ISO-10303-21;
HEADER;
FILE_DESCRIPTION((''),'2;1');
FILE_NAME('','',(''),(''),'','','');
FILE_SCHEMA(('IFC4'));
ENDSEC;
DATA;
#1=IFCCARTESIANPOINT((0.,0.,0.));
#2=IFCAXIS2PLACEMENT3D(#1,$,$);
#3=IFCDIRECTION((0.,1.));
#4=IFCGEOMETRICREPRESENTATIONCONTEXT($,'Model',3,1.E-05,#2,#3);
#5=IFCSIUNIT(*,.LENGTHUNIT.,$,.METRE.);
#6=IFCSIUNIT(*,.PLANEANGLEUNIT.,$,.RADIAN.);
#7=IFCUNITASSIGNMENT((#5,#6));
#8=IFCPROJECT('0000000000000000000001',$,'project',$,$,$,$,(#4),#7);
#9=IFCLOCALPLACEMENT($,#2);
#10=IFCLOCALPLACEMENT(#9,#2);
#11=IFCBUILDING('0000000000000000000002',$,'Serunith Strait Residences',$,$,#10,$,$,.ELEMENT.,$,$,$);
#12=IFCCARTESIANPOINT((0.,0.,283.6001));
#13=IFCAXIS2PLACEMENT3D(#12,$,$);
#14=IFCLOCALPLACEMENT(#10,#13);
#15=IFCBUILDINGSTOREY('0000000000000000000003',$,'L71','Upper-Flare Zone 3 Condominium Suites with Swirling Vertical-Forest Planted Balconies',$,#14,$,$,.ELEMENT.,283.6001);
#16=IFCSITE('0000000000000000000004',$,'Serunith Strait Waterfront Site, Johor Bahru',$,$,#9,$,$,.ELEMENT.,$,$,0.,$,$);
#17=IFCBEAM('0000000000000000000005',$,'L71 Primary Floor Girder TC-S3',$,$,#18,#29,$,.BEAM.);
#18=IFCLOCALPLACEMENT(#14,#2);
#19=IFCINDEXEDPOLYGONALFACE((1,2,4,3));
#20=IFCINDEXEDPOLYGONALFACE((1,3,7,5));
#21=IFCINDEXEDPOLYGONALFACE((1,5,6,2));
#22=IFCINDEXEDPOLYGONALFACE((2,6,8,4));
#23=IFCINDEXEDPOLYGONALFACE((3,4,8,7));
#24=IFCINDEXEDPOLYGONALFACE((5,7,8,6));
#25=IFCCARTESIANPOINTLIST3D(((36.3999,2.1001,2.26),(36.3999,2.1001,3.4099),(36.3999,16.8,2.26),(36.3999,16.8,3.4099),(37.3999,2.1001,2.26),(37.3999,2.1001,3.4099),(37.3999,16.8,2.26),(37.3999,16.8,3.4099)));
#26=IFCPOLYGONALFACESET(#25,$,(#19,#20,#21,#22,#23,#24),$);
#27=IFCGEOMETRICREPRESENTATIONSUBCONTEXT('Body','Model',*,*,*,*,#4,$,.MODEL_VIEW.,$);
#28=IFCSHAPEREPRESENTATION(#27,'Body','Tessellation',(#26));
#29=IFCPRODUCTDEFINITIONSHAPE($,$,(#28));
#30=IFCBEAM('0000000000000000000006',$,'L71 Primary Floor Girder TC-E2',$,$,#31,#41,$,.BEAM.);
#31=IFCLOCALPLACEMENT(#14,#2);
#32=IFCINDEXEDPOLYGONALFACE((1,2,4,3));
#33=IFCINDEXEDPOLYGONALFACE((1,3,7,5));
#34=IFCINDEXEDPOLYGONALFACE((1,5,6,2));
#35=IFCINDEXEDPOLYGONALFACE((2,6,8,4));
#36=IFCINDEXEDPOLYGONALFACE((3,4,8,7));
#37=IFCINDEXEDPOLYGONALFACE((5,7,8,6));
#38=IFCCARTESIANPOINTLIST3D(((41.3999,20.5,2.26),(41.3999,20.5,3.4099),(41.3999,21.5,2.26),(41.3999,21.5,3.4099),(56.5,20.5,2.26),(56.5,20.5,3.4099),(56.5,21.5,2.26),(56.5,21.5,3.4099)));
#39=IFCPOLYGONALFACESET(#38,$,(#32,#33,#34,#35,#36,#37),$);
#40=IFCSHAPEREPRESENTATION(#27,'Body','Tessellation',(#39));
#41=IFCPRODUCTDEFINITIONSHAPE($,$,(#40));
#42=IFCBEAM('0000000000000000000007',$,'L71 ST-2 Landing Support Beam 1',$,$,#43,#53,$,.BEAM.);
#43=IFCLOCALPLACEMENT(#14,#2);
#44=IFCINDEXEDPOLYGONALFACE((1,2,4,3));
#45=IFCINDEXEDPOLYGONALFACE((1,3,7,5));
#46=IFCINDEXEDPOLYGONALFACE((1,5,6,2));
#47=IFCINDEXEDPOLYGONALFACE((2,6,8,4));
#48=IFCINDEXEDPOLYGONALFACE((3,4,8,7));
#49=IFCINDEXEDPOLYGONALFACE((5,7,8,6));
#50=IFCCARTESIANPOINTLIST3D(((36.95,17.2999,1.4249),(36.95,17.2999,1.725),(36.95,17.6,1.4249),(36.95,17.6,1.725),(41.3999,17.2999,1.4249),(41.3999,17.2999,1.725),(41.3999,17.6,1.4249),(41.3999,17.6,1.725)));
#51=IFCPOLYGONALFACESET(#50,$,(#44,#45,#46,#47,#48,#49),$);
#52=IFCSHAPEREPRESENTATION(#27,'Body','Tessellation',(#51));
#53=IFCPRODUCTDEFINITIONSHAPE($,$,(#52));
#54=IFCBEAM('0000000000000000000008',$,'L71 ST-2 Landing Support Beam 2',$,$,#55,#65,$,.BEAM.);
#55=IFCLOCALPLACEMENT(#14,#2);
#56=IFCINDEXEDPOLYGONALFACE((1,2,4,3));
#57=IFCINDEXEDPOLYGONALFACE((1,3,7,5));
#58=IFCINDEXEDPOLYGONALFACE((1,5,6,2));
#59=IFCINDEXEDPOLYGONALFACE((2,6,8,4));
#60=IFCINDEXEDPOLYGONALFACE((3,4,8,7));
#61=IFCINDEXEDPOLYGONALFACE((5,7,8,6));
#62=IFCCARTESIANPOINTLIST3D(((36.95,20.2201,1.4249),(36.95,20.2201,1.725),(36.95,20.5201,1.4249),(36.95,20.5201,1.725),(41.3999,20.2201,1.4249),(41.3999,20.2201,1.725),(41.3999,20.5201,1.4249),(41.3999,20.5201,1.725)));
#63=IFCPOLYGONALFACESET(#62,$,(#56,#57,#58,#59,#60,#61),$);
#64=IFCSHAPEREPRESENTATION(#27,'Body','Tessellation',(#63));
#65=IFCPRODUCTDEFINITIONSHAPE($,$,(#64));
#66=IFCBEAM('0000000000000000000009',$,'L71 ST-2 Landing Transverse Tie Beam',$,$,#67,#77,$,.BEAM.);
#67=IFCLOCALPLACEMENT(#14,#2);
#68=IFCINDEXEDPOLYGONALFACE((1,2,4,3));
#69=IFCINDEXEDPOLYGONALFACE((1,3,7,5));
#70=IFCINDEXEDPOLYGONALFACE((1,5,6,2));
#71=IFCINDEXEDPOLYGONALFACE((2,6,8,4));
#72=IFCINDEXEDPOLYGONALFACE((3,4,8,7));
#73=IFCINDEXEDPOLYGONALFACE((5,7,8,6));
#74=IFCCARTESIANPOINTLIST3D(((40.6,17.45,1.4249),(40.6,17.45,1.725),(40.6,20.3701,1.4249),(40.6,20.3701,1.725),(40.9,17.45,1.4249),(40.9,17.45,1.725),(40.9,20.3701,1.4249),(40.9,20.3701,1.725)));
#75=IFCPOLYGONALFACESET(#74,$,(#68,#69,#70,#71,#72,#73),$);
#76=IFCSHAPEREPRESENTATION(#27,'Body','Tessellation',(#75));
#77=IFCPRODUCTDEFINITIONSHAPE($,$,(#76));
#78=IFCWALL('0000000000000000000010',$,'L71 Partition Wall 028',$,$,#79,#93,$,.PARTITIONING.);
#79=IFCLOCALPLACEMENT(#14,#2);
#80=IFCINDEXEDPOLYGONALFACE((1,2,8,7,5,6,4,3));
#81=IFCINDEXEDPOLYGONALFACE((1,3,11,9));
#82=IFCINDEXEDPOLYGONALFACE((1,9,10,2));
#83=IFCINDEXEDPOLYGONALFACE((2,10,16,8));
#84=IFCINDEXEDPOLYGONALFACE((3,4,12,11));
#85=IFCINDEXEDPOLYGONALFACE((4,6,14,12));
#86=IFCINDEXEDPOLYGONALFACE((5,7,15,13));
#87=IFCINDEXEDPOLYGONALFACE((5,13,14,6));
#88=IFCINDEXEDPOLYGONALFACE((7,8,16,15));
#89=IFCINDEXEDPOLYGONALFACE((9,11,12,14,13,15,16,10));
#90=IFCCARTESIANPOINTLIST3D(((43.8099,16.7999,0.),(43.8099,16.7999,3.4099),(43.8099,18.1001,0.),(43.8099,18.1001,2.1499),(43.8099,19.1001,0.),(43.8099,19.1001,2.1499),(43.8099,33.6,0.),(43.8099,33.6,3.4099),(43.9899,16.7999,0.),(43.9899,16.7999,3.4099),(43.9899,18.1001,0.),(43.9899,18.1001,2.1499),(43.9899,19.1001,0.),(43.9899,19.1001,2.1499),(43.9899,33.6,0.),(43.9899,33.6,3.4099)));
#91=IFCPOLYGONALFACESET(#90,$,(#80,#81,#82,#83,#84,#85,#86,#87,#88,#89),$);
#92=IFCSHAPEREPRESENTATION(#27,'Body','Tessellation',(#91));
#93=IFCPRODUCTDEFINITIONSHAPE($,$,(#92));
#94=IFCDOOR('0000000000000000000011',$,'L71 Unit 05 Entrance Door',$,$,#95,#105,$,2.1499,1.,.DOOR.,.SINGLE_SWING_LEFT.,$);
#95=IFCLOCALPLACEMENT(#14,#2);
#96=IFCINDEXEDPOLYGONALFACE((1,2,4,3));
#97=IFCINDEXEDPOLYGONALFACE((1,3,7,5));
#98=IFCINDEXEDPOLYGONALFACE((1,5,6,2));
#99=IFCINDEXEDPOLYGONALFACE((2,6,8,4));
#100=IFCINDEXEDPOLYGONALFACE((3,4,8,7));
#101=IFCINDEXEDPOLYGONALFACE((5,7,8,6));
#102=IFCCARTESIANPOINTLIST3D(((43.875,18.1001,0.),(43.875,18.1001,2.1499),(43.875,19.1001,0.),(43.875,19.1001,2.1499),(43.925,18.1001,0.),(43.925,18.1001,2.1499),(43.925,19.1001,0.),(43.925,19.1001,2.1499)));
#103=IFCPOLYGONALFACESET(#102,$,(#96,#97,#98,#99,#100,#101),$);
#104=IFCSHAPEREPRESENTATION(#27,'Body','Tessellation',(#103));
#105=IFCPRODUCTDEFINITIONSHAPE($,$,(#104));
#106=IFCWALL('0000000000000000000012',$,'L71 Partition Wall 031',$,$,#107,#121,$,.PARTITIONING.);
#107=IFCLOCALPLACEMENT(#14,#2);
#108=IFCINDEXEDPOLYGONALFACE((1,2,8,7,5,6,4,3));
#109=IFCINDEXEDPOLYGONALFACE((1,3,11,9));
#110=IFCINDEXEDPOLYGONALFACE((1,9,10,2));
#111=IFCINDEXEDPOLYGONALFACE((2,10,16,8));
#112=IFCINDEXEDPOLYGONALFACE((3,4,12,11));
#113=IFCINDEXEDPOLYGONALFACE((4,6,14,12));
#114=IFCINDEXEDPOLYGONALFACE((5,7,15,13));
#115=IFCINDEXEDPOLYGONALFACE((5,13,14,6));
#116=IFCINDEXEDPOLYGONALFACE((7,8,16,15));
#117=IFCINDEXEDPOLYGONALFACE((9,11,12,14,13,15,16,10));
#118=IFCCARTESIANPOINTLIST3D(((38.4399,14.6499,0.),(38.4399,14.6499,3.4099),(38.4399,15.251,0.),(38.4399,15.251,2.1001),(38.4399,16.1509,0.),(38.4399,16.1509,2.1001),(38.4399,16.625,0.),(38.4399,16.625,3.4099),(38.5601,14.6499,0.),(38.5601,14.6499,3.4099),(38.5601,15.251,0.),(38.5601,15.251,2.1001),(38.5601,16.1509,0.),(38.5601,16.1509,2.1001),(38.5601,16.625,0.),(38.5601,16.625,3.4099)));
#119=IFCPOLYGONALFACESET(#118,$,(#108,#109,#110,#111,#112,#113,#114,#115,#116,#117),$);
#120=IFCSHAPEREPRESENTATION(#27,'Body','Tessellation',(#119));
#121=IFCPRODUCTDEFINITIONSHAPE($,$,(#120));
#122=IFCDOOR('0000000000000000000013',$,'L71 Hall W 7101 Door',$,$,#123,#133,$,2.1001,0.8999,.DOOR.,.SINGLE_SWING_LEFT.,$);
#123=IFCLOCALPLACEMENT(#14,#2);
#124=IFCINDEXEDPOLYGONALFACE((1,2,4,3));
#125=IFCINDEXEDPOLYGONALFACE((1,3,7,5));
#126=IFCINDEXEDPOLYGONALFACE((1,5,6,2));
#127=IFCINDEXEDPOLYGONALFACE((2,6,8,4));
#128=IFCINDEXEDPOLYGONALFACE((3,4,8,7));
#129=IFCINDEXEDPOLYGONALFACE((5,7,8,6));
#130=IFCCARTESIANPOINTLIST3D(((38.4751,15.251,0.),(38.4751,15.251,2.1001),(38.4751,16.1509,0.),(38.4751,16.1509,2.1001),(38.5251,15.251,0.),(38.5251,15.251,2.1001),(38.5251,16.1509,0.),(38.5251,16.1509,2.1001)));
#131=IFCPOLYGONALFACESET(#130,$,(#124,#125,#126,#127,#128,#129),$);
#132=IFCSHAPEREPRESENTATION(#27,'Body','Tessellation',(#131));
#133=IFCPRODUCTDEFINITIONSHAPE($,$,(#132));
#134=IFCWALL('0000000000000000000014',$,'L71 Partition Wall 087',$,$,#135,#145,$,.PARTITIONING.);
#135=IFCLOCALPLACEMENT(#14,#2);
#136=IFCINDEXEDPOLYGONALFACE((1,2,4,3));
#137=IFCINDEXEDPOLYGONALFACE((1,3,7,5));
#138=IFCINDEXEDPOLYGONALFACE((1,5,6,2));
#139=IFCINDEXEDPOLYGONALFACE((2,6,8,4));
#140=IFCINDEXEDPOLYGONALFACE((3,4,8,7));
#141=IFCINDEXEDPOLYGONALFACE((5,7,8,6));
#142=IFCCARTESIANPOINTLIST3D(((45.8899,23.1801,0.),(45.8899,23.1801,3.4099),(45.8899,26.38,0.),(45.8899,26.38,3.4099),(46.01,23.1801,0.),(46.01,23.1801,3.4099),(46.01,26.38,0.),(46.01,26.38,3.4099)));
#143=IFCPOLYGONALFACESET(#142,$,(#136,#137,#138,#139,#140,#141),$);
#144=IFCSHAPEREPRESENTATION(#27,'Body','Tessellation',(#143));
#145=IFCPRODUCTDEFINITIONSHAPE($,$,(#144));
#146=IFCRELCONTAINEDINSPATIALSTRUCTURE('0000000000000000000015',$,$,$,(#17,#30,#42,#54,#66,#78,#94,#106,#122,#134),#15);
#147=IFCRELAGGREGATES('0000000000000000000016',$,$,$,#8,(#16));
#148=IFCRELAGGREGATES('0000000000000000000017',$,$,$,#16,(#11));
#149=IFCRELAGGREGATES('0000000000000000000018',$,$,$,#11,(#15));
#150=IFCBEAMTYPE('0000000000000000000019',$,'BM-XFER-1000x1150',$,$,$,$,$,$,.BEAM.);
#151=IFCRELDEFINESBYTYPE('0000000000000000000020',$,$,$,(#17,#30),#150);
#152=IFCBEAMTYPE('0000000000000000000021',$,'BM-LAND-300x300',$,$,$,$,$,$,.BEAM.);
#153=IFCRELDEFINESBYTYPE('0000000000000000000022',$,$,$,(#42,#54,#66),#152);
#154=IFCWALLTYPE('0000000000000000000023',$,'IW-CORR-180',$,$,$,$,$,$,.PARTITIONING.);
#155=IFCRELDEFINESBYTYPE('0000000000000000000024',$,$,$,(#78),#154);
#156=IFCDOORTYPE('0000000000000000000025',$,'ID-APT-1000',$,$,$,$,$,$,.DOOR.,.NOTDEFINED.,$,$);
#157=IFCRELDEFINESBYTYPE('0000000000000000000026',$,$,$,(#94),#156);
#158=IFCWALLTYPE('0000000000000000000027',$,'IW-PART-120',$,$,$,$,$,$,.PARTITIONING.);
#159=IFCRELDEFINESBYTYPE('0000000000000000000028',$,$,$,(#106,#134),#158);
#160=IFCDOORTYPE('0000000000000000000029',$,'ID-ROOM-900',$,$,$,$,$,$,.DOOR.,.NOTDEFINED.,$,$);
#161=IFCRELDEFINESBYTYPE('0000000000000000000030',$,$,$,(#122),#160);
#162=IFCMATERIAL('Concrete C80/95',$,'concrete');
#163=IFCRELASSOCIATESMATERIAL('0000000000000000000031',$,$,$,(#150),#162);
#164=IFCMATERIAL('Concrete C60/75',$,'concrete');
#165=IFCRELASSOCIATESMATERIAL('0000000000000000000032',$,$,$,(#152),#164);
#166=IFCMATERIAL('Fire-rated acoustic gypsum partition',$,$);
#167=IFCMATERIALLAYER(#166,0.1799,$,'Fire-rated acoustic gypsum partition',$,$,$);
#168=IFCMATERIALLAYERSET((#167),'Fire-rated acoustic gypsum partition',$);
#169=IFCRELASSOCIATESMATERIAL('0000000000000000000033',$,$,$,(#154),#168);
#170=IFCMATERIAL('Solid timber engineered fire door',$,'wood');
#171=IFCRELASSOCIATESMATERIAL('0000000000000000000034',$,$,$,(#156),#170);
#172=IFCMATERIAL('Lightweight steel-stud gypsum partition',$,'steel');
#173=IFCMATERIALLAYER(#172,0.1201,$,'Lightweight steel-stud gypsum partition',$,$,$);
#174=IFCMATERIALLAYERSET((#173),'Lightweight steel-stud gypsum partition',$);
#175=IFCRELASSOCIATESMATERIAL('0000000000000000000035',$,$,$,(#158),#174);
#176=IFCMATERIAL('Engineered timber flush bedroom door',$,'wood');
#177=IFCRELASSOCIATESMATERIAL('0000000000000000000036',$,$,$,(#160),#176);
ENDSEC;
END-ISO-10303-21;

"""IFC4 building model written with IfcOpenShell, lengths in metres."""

from ifc_helpers import new_model, si_unit, direction, frame, frame_2d, origin, origin_2d, place, context, subcontext, project, spatial, rectangle, extrude, source, transform, mapped, material, layer, layer_set, material_profile, profile_set, type_object, element, fill, save


model = new_model("IFC4")

# Units and contexts
model_context = context("Model", 3, precision=1e-05, world=origin(), true_north=direction((0.0, 1.0)))
body_context = subcontext(model_context, "Body", "Model", "MODEL_VIEW")
ifc_project = project(units=[si_unit("LENGTHUNIT", "METRE"), si_unit("PLANEANGLEUNIT", "RADIAN")], contexts=[model_context])

# Site, building, storey
site_placement = place(None, origin())
site = spatial("IfcSite", under=ifc_project, at=site_placement, Name="Serunith Strait Waterfront Site, Johor Bahru", CompositionType="ELEMENT", RefElevation=0.0)
building_placement = place(site_placement, origin())
building = spatial("IfcBuilding", under=site, at=building_placement, Name="Serunith Strait Residences", CompositionType="ELEMENT")
storey_placement = place(building_placement, frame((0.0, 0.0, 283.6001)))
storey = spatial("IfcBuildingStorey", under=building, at=storey_placement, Name="L71", Description="Upper-Flare Zone 3 Condominium Suites with Swirling Vertical-Forest Planted Balconies", CompositionType="ELEMENT", Elevation=283.6001)

# Beams
ifc_material_1 = material(Name="Concrete C80/95", Category="concrete")
ifc_material_profile_1 = material_profile(ifc_material_1, rectangle(XDim=1.0, YDim=1.1499, at=origin_2d()), Name="RC 1000x1150")
ifc_profile_set_1 = profile_set([ifc_material_profile_1], Name="Concrete C80/95")
beam_type_1 = type_object("IfcBeamType", Name="BM-XFER-1000x1150", PredefinedType="BEAM", material=ifc_profile_set_1)
shared_shape_1 = source(origin(), body_context, "Body", "SweptSolid", [
    extrude(rectangle(XDim=1.0, YDim=1.1499, at=origin_2d()), origin(), (0.0, 0.0, 1.0), 14.7),
])
beam_1_placement = place(storey_placement, frame((36.8999, 16.8, 2.835), z_axis=(0.0, -1.0, 0.0), x_axis=(1.0, 0.0, 0.0)))
element("IfcBeam", 1, at=beam_1_placement, inside=storey, type_object=beam_type_1, Name="L71 Primary Floor Girder TC-S3", PredefinedType="BEAM", context=body_context, shape_type="MappedRepresentation", body=[
    mapped(shared_shape_1, transform((0.0, 0.0, 0.0), scale=1.0)),
])
shared_shape_2 = source(origin(), body_context, "Body", "SweptSolid", [
    extrude(rectangle(XDim=1.0, YDim=1.1499, at=origin_2d()), origin(), (0.0, 0.0, 1.0), 15.1001),
])
beam_2_placement = place(storey_placement, frame((41.3999, 21.0, 2.835), z_axis=(1.0, 0.0, 0.0), x_axis=(0.0, 1.0, 0.0)))
element("IfcBeam", 2, at=beam_2_placement, inside=storey, type_object=beam_type_1, Name="L71 Primary Floor Girder TC-E2", PredefinedType="BEAM", context=body_context, shape_type="MappedRepresentation", body=[
    mapped(shared_shape_2, transform((0.0, 0.0, 0.0), scale=1.0)),
])
ifc_material_2 = material(Name="Concrete C60/75", Category="concrete")
ifc_material_profile_2 = material_profile(ifc_material_2, rectangle(XDim=0.3, YDim=0.3, at=origin_2d()), Name="RC 300x300")
ifc_profile_set_2 = profile_set([ifc_material_profile_2], Name="Concrete C60/75")
beam_type_2 = type_object("IfcBeamType", Name="BM-LAND-300x300", PredefinedType="BEAM", material=ifc_profile_set_2)
shared_shape_3 = source(origin(), body_context, "Body", "SweptSolid", [
    extrude(rectangle(XDim=0.3, YDim=0.3, at=origin_2d()), origin(), (0.0, 0.0, 1.0), 4.45),
])
for number, where, z_axis, x_axis, name in (
    (3, (36.95, 17.45, 1.575), (1.0, 0.0, 0.0), (0.0, 1.0, 0.0), "L71 ST-2 Landing Support Beam 1"),
    (4, (36.95, 20.3701, 1.575), (1.0, 0.0, 0.0), (0.0, 1.0, 0.0), "L71 ST-2 Landing Support Beam 2"),
):
    element("IfcBeam", number, at=place(storey_placement, frame(where, z_axis=z_axis, x_axis=x_axis)), inside=storey, type_object=beam_type_2, Name=name, PredefinedType="BEAM", context=body_context, shape_type="MappedRepresentation", body=[
        mapped(shared_shape_3, transform((0.0, 0.0, 0.0), scale=1.0)),
    ])
shared_shape_4 = source(origin(), body_context, "Body", "SweptSolid", [
    extrude(rectangle(XDim=0.3, YDim=0.3, at=origin_2d()), origin(), (0.0, 0.0, 1.0), 2.9202),
])
beam_3_placement = place(storey_placement, frame((40.75, 17.45, 1.575), z_axis=(0.0, 1.0, 0.0), x_axis=(-1.0, 0.0, 0.0)))
element("IfcBeam", 5, at=beam_3_placement, inside=storey, type_object=beam_type_2, Name="L71 ST-2 Landing Transverse Tie Beam", PredefinedType="BEAM", context=body_context, shape_type="MappedRepresentation", body=[
    mapped(shared_shape_4, transform((0.0, 0.0, 0.0), scale=1.0)),
])

# Walls, openings, doors
ifc_material_3 = material(Name="Fire-rated acoustic gypsum partition")
ifc_layer_1 = layer(ifc_material_3, 0.1799, Name="Fire-rated acoustic gypsum partition")
ifc_layer_set_1 = layer_set([ifc_layer_1], Name="Fire-rated acoustic gypsum partition")
wall_type_1 = type_object("IfcWallType", Name="IW-CORR-180", PredefinedType="PARTITIONING", material=ifc_layer_set_1)
ifc_material_4 = material(Name="Solid timber engineered fire door", Category="wood")
door_type_1 = type_object("IfcDoorType", Name="ID-APT-1000", OperationType="NOTDEFINED", PredefinedType="DOOR", material=ifc_material_4)
shared_shape_5 = source(origin(), body_context, "Body", "SweptSolid", [
    extrude(rectangle(XDim=1.0, YDim=2.1499, at=frame_2d((0.5, 1.075))), frame((0.0, 0.0249, 0.0), z_axis=(0.0, -1.0, 0.0), x_axis=(1.0, 0.0, 0.0)), (0.0, 0.0, 1.0), 0.05),
])
wall_1_placement = place(storey_placement, frame((43.8999, 16.8, 0.0), z_axis=(0.0, 0.0, 1.0), x_axis=(0.0, 1.0, 0.0)))
wall_1 = element("IfcWall", 6, at=wall_1_placement, inside=storey, type_object=wall_type_1, Name="L71 Partition Wall 028", PredefinedType="PARTITIONING", context=body_context, shape_type="SweptSolid", body=[
    extrude(rectangle(XDim=16.8, YDim=0.1799, at=frame_2d((8.3999, 0.0))), origin(), (0.0, 0.0, 1.0), 3.4099),
])
opening_1_placement = place(wall_1_placement, frame((1.3, 0.0, 0.0)))
opening_1 = element("IfcOpeningElement", 7, at=opening_1_placement, cuts=wall_1, PredefinedType="OPENING", context=body_context, shape_type="SweptSolid", body=[
    extrude(rectangle(XDim=1.0, YDim=2.1499, at=frame_2d((0.5, 1.075))), frame((0.0, 0.1001, 0.0), z_axis=(0.0, -1.0, 0.0), x_axis=(1.0, 0.0, 0.0)), (0.0, 0.0, 1.0), 0.2),
])
door_1_placement = place(opening_1_placement, origin())
door_1 = element("IfcDoor", 8, at=door_1_placement, inside=storey, type_object=door_type_1, Name="L71 Unit 05 Entrance Door", OperationType="SINGLE_SWING_LEFT", OverallHeight=2.1499, OverallWidth=1.0, PredefinedType="DOOR", context=body_context, shape_type="MappedRepresentation", body=[
    mapped(shared_shape_5, transform((0.0, 0.0, 0.0), scale=1.0)),
])
fill(opening_1, door_1)
ifc_material_5 = material(Name="Lightweight steel-stud gypsum partition", Category="steel")
ifc_layer_2 = layer(ifc_material_5, 0.1201, Name="Lightweight steel-stud gypsum partition")
ifc_layer_set_2 = layer_set([ifc_layer_2], Name="Lightweight steel-stud gypsum partition")
wall_type_2 = type_object("IfcWallType", Name="IW-PART-120", PredefinedType="PARTITIONING", material=ifc_layer_set_2)
wall_2_placement = place(storey_placement, frame((38.5, 14.6499, 0.0), z_axis=(0.0, 0.0, 1.0), x_axis=(0.0, 1.0, 0.0)))
wall_2 = element("IfcWall", 9, at=wall_2_placement, inside=storey, type_object=wall_type_2, Name="L71 Partition Wall 031", PredefinedType="PARTITIONING", context=body_context, shape_type="SweptSolid", body=[
    extrude(rectangle(XDim=1.9751, YDim=0.1201, at=frame_2d((0.9875, 0.0))), origin(), (0.0, 0.0, 1.0), 3.4099),
])
opening_2_placement = place(wall_2_placement, frame((0.6011, 0.0, 0.0)))
opening_2 = element("IfcOpeningElement", 10, at=opening_2_placement, cuts=wall_2, PredefinedType="OPENING", context=body_context, shape_type="SweptSolid", body=[
    extrude(rectangle(XDim=0.8999, YDim=2.1001, at=frame_2d((0.45, 1.05))), frame((0.0, 0.0701, 0.0), z_axis=(0.0, -1.0, 0.0), x_axis=(1.0, 0.0, 0.0)), (0.0, 0.0, 1.0), 0.1401),
])
ifc_material_6 = material(Name="Engineered timber flush bedroom door", Category="wood")
door_type_2 = type_object("IfcDoorType", Name="ID-ROOM-900", OperationType="NOTDEFINED", PredefinedType="DOOR", material=ifc_material_6)
shared_shape_6 = source(origin(), body_context, "Body", "SweptSolid", [
    extrude(rectangle(XDim=0.8999, YDim=2.1001, at=frame_2d((0.45, 1.05))), frame((0.0, 0.0249, 0.0), z_axis=(0.0, -1.0, 0.0), x_axis=(1.0, 0.0, 0.0)), (0.0, 0.0, 1.0), 0.05),
])
door_2_placement = place(opening_2_placement, origin())
door_2 = element("IfcDoor", 11, at=door_2_placement, inside=storey, type_object=door_type_2, Name="L71 Hall W 7101 Door", OperationType="SINGLE_SWING_LEFT", OverallHeight=2.1001, OverallWidth=0.8999, PredefinedType="DOOR", context=body_context, shape_type="MappedRepresentation", body=[
    mapped(shared_shape_6, transform((0.0, 0.0, 0.0), scale=1.0)),
])
fill(opening_2, door_2)

# Wall
wall_3_placement = place(storey_placement, frame((45.95, 23.1799, 0.0), z_axis=(0.0, 0.0, 1.0), x_axis=(0.0, 1.0, 0.0)))
element("IfcWall", 12, at=wall_3_placement, inside=storey, type_object=wall_type_2, Name="L71 Partition Wall 087", PredefinedType="PARTITIONING", context=body_context, shape_type="SweptSolid", body=[
    extrude(rectangle(XDim=3.2, YDim=0.1201, at=frame_2d((1.6001, 0.0))), origin(), (0.0, 0.0, 1.0), 3.4099),
])

save(model, "model.ifc")
